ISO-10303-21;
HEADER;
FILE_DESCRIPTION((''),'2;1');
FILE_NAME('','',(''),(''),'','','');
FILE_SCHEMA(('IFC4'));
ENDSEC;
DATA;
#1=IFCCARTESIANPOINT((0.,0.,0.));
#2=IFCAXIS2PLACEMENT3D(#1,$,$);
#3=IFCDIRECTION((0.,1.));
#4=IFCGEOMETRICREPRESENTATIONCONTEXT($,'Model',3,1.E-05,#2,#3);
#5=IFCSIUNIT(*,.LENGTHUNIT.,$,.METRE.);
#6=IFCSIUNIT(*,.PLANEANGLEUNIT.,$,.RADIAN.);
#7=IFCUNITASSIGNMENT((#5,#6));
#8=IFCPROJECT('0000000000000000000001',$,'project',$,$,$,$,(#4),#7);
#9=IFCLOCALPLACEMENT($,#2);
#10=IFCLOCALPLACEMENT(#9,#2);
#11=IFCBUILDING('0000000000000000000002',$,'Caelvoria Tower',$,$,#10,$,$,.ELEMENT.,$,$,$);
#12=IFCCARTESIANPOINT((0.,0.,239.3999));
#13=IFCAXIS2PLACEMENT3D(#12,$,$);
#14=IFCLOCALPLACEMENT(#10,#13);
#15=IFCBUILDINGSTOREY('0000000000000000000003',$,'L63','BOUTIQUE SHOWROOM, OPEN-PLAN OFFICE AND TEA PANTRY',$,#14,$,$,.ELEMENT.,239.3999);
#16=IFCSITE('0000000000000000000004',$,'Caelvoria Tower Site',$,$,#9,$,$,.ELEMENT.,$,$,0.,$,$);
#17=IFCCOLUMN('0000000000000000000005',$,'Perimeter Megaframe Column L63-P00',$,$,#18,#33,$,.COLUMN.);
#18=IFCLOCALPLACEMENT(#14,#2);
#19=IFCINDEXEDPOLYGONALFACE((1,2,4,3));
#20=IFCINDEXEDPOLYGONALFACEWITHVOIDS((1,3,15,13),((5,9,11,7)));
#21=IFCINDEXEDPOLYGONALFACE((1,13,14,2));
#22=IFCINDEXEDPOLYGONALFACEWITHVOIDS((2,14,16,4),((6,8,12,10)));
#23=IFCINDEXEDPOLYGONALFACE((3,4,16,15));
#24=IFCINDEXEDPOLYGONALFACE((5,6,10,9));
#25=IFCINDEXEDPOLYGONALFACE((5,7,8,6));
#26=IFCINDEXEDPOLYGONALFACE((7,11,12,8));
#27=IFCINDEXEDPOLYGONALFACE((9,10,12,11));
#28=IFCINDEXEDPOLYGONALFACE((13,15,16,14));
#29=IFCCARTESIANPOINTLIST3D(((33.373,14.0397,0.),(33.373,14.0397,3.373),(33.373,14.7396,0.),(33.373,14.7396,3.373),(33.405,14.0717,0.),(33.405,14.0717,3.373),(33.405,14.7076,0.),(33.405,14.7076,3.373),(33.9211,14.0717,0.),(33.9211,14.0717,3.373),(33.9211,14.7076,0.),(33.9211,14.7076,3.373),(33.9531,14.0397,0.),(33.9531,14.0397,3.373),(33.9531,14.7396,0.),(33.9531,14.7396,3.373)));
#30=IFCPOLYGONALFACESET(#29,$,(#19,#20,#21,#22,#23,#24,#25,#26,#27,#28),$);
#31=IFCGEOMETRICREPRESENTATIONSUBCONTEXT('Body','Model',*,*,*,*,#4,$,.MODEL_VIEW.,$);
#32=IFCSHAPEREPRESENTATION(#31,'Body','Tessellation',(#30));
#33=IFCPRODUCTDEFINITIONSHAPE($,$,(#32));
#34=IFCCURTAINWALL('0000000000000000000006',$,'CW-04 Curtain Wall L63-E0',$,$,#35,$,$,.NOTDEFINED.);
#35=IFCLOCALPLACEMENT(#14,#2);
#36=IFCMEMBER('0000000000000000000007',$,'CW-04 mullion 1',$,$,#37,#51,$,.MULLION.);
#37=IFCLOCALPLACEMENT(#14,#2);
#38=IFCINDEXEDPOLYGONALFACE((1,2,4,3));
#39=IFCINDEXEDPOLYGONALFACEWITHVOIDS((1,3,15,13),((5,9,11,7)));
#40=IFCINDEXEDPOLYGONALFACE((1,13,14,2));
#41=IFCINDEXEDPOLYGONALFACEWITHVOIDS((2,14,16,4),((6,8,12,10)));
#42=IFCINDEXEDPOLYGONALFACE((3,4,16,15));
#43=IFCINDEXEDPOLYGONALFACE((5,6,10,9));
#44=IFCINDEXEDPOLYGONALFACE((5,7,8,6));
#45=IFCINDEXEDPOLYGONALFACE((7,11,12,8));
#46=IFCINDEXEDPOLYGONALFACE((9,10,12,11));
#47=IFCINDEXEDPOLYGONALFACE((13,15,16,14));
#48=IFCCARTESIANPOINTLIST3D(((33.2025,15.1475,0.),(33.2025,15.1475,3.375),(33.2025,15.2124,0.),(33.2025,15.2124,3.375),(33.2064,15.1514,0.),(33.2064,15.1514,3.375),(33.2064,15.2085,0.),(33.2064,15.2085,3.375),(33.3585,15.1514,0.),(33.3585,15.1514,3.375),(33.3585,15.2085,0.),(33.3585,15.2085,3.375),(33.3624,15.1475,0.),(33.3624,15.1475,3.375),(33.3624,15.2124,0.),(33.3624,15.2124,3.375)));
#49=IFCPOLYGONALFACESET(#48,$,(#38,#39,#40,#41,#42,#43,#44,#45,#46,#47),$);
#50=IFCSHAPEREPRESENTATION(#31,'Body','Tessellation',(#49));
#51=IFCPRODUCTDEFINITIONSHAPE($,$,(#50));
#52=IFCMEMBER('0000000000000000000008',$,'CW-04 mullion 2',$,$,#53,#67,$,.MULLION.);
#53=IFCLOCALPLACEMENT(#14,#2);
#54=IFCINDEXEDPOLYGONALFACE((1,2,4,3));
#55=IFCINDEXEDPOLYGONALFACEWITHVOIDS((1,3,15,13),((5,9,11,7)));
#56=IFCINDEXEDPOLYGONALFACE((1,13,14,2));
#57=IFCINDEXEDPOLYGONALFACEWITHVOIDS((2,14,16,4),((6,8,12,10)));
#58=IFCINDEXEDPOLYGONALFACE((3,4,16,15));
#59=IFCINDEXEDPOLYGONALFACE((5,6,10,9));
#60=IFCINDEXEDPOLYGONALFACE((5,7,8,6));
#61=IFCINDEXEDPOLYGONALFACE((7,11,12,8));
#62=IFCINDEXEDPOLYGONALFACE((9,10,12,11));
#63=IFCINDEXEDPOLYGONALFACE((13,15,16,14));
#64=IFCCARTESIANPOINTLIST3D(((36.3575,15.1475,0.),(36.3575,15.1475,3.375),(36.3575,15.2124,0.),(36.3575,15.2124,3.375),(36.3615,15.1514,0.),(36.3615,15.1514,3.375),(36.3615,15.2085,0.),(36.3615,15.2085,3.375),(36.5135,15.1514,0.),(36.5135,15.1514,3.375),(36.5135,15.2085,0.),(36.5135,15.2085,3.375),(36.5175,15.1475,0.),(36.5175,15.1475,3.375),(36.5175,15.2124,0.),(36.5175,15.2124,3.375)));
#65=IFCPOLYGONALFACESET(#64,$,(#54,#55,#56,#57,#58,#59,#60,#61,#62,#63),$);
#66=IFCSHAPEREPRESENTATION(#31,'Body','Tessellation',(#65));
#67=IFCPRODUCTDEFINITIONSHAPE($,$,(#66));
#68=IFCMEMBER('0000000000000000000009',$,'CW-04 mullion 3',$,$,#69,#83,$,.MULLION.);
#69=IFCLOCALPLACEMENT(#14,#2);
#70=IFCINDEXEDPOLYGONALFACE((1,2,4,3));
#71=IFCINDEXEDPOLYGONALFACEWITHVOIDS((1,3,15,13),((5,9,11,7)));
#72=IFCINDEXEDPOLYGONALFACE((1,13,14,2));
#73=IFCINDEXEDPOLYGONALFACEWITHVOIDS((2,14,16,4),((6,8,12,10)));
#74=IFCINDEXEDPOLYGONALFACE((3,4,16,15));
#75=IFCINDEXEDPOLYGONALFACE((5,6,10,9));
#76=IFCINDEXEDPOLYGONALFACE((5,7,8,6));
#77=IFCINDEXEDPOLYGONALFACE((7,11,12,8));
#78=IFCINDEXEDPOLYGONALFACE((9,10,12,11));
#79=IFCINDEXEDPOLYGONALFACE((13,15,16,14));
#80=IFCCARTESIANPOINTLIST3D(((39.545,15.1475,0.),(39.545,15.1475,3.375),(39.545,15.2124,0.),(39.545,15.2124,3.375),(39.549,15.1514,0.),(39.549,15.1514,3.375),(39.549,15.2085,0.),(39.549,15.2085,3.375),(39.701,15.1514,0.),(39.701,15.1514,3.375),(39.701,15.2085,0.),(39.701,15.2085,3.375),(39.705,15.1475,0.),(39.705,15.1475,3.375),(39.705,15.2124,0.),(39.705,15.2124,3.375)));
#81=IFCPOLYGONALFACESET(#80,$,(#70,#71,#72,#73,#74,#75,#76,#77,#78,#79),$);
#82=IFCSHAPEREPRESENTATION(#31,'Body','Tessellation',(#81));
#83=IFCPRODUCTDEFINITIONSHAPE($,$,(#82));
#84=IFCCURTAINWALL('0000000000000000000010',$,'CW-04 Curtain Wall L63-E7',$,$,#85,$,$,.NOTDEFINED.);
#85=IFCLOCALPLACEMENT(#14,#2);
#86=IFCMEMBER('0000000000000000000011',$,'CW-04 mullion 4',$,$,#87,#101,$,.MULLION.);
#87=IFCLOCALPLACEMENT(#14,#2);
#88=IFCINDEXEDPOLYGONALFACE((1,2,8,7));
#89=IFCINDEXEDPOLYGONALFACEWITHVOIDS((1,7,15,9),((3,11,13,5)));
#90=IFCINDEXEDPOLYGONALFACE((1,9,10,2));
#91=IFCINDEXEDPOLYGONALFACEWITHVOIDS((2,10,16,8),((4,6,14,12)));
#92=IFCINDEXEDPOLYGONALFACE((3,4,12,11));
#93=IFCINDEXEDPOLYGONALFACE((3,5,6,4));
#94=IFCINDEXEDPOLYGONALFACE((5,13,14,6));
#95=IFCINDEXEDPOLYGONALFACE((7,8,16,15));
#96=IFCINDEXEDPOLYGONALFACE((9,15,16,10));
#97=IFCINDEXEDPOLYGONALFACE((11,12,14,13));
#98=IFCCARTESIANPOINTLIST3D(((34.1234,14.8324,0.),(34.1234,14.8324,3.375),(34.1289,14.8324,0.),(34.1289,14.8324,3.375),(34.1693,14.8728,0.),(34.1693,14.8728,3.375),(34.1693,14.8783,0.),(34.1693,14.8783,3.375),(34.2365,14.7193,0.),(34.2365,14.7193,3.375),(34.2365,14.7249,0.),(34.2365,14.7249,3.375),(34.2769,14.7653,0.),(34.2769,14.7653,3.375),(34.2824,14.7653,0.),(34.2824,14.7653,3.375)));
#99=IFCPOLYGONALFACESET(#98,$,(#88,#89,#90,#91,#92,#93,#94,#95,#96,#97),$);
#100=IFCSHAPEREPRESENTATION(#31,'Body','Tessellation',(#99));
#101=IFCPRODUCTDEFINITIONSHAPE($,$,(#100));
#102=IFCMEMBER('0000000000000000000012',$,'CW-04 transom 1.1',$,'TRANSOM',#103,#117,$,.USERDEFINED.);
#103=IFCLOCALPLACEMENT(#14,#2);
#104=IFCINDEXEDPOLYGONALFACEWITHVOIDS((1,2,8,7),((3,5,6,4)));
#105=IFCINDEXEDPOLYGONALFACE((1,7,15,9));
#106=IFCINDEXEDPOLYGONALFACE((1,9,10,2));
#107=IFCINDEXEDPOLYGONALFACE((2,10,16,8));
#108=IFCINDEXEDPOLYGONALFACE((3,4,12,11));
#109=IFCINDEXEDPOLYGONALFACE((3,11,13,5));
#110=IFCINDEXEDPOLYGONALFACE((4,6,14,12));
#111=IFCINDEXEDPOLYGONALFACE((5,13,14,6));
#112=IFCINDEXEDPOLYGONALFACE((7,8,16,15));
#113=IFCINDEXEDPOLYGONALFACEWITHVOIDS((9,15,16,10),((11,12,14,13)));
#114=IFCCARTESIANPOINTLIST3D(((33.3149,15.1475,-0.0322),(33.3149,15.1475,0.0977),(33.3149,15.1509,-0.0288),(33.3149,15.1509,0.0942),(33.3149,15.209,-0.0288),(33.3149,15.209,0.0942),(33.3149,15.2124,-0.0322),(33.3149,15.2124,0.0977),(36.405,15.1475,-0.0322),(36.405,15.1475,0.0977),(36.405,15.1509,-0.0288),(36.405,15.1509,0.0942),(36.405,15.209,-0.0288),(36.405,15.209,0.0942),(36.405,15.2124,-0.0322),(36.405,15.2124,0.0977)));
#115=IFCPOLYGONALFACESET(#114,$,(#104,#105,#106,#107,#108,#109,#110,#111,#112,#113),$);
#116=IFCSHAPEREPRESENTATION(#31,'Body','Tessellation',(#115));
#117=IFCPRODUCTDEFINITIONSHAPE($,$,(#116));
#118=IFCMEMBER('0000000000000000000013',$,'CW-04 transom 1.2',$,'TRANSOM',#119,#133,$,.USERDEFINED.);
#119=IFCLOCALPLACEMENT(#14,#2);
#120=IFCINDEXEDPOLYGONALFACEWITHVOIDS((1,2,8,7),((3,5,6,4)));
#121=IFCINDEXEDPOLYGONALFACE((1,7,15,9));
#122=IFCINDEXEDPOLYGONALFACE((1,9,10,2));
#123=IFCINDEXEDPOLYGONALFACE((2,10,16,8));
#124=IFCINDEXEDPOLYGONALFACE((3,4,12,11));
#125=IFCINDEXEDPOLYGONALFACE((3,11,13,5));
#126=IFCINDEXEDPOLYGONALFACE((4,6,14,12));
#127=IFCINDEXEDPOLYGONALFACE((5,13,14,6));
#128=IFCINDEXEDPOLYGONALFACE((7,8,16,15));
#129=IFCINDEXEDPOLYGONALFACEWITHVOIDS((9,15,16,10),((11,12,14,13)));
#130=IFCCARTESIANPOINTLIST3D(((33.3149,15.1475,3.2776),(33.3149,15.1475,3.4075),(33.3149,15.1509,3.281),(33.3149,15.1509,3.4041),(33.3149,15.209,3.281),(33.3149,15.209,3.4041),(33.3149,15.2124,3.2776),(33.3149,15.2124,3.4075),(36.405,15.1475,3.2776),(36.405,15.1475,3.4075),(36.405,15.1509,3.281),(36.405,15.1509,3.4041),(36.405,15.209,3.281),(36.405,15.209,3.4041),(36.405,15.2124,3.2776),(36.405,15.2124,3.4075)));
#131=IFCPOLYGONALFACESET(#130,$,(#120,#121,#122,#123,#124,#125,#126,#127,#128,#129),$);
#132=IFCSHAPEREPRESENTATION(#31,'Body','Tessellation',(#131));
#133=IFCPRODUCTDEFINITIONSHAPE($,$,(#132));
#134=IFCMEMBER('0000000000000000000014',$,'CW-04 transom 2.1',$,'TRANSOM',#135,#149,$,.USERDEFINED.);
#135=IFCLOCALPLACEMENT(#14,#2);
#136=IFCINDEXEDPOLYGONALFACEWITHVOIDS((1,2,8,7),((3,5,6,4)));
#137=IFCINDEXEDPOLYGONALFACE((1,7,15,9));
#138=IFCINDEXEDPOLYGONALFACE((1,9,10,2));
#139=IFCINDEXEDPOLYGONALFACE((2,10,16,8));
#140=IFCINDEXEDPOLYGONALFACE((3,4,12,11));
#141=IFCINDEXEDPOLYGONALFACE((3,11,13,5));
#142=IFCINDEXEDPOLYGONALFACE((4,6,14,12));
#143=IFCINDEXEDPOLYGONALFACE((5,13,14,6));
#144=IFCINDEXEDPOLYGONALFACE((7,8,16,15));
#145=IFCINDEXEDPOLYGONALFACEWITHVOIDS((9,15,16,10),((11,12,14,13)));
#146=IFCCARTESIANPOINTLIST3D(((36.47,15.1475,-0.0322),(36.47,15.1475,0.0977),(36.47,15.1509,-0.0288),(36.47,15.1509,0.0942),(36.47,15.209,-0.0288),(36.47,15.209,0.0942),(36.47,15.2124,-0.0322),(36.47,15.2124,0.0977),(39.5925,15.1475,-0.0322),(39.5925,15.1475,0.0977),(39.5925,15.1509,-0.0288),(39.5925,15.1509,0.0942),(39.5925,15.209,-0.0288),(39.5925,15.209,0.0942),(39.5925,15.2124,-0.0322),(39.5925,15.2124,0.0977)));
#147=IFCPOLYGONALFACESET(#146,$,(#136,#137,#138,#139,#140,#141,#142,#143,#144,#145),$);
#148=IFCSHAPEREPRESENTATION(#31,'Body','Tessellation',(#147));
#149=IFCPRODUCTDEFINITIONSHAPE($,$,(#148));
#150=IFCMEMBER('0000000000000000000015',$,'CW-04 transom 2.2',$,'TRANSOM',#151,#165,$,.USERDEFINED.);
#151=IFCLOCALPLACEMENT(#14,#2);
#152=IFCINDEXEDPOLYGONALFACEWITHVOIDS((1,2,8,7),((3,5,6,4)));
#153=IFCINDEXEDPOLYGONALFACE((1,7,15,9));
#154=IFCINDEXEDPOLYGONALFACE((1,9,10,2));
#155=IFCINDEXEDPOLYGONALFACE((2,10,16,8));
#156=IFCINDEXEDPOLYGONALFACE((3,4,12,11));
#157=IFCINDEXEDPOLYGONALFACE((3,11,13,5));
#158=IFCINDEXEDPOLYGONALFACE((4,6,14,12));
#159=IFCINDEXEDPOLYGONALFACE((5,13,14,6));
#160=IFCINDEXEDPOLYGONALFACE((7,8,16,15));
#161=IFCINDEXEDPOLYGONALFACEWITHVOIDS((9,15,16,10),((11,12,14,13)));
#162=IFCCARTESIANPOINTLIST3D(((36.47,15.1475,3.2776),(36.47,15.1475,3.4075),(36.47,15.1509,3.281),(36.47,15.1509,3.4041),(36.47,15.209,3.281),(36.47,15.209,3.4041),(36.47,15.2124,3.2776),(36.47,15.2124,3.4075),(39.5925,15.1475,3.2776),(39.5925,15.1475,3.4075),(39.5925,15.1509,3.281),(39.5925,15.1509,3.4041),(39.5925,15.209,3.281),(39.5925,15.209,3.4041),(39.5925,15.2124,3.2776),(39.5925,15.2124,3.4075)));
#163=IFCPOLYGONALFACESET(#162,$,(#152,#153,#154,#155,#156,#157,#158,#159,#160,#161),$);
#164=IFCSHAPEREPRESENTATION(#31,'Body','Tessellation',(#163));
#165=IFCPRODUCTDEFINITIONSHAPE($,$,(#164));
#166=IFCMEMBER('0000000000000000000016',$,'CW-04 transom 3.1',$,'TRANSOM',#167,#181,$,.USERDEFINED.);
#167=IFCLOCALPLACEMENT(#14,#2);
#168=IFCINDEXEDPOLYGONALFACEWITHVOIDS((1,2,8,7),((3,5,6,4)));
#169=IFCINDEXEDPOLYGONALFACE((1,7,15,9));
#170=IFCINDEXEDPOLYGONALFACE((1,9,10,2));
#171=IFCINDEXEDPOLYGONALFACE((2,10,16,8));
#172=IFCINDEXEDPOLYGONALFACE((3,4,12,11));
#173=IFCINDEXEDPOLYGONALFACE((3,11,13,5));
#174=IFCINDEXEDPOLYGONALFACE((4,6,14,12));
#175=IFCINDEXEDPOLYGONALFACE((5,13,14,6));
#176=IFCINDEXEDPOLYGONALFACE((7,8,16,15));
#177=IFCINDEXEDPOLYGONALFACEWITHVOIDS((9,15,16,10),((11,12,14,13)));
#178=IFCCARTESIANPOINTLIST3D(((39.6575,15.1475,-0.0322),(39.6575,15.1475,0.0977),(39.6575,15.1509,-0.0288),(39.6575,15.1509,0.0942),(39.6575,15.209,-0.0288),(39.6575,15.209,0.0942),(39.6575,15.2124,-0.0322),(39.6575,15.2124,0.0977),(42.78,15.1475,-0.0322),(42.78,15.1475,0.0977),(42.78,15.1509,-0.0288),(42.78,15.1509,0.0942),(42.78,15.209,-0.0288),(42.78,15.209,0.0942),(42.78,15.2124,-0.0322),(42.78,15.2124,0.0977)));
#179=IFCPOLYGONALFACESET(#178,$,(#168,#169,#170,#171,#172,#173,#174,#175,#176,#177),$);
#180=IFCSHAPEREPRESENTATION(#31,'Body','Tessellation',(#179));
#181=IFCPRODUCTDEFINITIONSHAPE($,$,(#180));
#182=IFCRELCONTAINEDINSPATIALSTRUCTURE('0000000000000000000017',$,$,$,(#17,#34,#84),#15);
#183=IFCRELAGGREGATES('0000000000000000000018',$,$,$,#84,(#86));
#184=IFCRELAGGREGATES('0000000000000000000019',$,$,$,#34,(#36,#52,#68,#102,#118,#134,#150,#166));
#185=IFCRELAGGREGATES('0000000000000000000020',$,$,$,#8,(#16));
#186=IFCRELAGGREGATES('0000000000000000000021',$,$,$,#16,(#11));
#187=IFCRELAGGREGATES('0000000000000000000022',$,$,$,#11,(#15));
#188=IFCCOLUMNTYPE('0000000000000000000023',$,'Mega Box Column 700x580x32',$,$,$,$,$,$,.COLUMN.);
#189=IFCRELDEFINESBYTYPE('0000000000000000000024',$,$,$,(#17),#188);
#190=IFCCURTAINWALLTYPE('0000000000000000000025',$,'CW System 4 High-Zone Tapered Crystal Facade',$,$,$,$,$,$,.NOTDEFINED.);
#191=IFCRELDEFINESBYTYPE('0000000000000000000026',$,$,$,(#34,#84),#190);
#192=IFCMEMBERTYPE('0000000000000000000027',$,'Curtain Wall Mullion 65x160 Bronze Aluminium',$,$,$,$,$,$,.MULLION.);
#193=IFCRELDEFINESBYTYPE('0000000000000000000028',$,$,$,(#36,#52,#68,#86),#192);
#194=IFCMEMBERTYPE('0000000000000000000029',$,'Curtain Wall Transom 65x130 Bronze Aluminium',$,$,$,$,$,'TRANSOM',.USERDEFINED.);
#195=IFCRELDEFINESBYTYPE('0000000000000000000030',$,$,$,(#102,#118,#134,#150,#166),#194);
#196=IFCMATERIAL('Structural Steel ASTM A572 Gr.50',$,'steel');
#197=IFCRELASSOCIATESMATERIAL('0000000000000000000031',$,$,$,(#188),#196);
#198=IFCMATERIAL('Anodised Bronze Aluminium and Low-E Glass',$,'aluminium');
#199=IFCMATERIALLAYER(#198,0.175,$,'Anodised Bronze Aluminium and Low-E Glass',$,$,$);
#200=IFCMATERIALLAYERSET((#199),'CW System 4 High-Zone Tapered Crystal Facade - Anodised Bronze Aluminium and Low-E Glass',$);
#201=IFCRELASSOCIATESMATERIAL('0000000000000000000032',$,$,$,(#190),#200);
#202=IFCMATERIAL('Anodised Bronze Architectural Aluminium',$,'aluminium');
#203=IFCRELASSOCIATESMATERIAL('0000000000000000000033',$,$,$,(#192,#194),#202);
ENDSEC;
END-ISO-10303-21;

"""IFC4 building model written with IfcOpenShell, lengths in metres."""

from ifc_helpers import new_model, si_unit, direction, frame, origin, origin_2d, place, context, subcontext, project, spatial, hollow_rectangle, extrude, material, layer, layer_set, material_profile, profile_set, type_object, element, aggregate, save


model = new_model("IFC4")

# Units and contexts
model_context = context("Model", 3, precision=1e-05, world=origin(), true_north=direction((0.0, 1.0)))
body_context = subcontext(model_context, "Body", "Model", "MODEL_VIEW")
ifc_project = project(units=[si_unit("LENGTHUNIT", "METRE"), si_unit("PLANEANGLEUNIT", "RADIAN")], contexts=[model_context])

# Site, building, storey
site_placement = place(None, origin())
site = spatial("IfcSite", under=ifc_project, at=site_placement, Name="Caelvoria Tower Site", CompositionType="ELEMENT", RefElevation=0.0)
building_placement = place(site_placement, origin())
building = spatial("IfcBuilding", under=site, at=building_placement, Name="Caelvoria Tower", CompositionType="ELEMENT")
storey_placement = place(building_placement, frame((0.0, 0.0, 239.3999)))
storey = spatial("IfcBuildingStorey", under=building, at=storey_placement, Name="L63", Description="BOUTIQUE SHOWROOM, OPEN-PLAN OFFICE AND TEA PANTRY", CompositionType="ELEMENT", Elevation=239.3999)

# Column
ifc_material_1 = material(Name="Structural Steel ASTM A572 Gr.50", Category="steel")
ifc_material_profile_1 = material_profile(ifc_material_1, hollow_rectangle(XDim=0.5801, YDim=0.7, WallThickness=0.032, at=origin_2d()), Name="Structural Steel ASTM A572 Gr.50")
ifc_profile_set_1 = profile_set([ifc_material_profile_1], Name="BOX700X580X32 - Structural Steel ASTM A572 Gr.50")
column_type = type_object("IfcColumnType", Name="Mega Box Column 700x580x32", PredefinedType="COLUMN", material=ifc_profile_set_1)
column_placement = place(storey_placement, frame((33.6631, 14.3896, 0.0), z_axis=(0.0, 0.0, 1.0), x_axis=(1.0, 0.0, 0.0)))
element("IfcColumn", 1, at=column_placement, inside=storey, type_object=column_type, Name="Perimeter Megaframe Column L63-P00", PredefinedType="COLUMN", context=body_context, shape_type="SweptSolid", body=[
    extrude(hollow_rectangle(XDim=0.5801, YDim=0.7, WallThickness=0.032, at=origin_2d()), origin(), (0.0, 0.0, 1.0), 3.373),
])

# Curtain wall, members
ifc_material_2 = material(Name="Anodised Bronze Aluminium and Low-E Glass", Category="aluminium")
ifc_layer_1 = layer(ifc_material_2, 0.175, Name="Anodised Bronze Aluminium and Low-E Glass")
ifc_layer_set_1 = layer_set([ifc_layer_1], Name="CW System 4 High-Zone Tapered Crystal Facade - Anodised Bronze Aluminium and Low-E Glass")
curtain_wall_type = type_object("IfcCurtainWallType", Name="CW System 4 High-Zone Tapered Crystal Facade", PredefinedType="NOTDEFINED", material=ifc_layer_set_1)
curtain_wall_1_placement = place(storey_placement, origin())
curtain_wall_1 = element("IfcCurtainWall", 2, at=curtain_wall_1_placement, inside=storey, type_object=curtain_wall_type, Name="CW-04 Curtain Wall L63-E0", PredefinedType="NOTDEFINED")
ifc_material_3 = material(Name="Anodised Bronze Architectural Aluminium", Category="aluminium")
ifc_material_profile_2 = material_profile(ifc_material_3, hollow_rectangle(XDim=0.0649, YDim=0.1599, WallThickness=0.0039, at=origin_2d()), Name="Anodised Bronze Architectural Aluminium")
ifc_profile_set_2 = profile_set([ifc_material_profile_2], Name="CW_MULL_65X160 - Anodised Bronze Architectural Aluminium")
member_type_1 = type_object("IfcMemberType", Name="Curtain Wall Mullion 65x160 Bronze Aluminium", PredefinedType="MULLION", material=ifc_profile_set_2)
member_1_placement = place(storey_placement, frame((33.2825, 15.1799, 0.0), z_axis=(0.0, 0.0, 1.0), x_axis=(0.0, 1.0, 0.0)))
member_1 = element("IfcMember", 3, at=member_1_placement, type_object=member_type_1, Name="CW-04 mullion 1", PredefinedType="MULLION", context=body_context, shape_type="SweptSolid", body=[
    extrude(hollow_rectangle(XDim=0.0649, YDim=0.1599, WallThickness=0.0039, at=origin_2d()), origin(), (0.0, 0.0, 1.0), 3.375),
])
member_2_placement = place(storey_placement, frame((36.4375, 15.1799, 0.0), z_axis=(0.0, 0.0, 1.0), x_axis=(0.0, 1.0, 0.0)))
member_2 = element("IfcMember", 4, at=member_2_placement, type_object=member_type_1, Name="CW-04 mullion 2", PredefinedType="MULLION", context=body_context, shape_type="SweptSolid", body=[
    extrude(hollow_rectangle(XDim=0.0649, YDim=0.1599, WallThickness=0.0039, at=origin_2d()), origin(), (0.0, 0.0, 1.0), 3.375),
])
member_3_placement = place(storey_placement, frame((39.625, 15.1799, 0.0), z_axis=(0.0, 0.0, 1.0), x_axis=(0.0, 1.0, 0.0)))
member_3 = element("IfcMember", 5, at=member_3_placement, type_object=member_type_1, Name="CW-04 mullion 3", PredefinedType="MULLION", context=body_context, shape_type="SweptSolid", body=[
    extrude(hollow_rectangle(XDim=0.0649, YDim=0.1599, WallThickness=0.0039, at=origin_2d()), origin(), (0.0, 0.0, 1.0), 3.375),
])

# Curtain wall, member
curtain_wall_2_placement = place(storey_placement, origin())
curtain_wall_2 = element("IfcCurtainWall", 6, at=curtain_wall_2_placement, inside=storey, type_object=curtain_wall_type, Name="CW-04 Curtain Wall L63-E7", PredefinedType="NOTDEFINED")
member_4_placement = place(storey_placement, frame((34.2029, 14.7988, 0.0), z_axis=(0.0, 0.0, 1.0), x_axis=(0.707107, 0.707107, 0.0)))
member_4 = element("IfcMember", 7, at=member_4_placement, type_object=member_type_1, Name="CW-04 mullion 4", PredefinedType="MULLION", context=body_context, shape_type="SweptSolid", body=[
    extrude(hollow_rectangle(XDim=0.0649, YDim=0.1599, WallThickness=0.0039, at=origin_2d()), origin(), (0.0, 0.0, 1.0), 3.375),
])
aggregate(curtain_wall_2, [member_4])

# Members
ifc_material_profile_3 = material_profile(ifc_material_3, hollow_rectangle(XDim=0.0649, YDim=0.1299, WallThickness=0.0034, at=origin_2d()), Name="Anodised Bronze Architectural Aluminium")
ifc_profile_set_3 = profile_set([ifc_material_profile_3], Name="CW_TRAN_65X130 - Anodised Bronze Architectural Aluminium")
member_type_2 = type_object("IfcMemberType", Name="Curtain Wall Transom 65x130 Bronze Aluminium", ElementType="TRANSOM", PredefinedType="USERDEFINED", material=ifc_profile_set_3)
member_5_placement = place(storey_placement, frame((33.3149, 15.1799, 0.0327), z_axis=(1.0, 0.0, 0.0), x_axis=(0.0, 1.0, 0.0)))
member_5 = element("IfcMember", 8, at=member_5_placement, type_object=member_type_2, Name="CW-04 transom 1.1", ObjectType="TRANSOM", PredefinedType="USERDEFINED", context=body_context, shape_type="SweptSolid", body=[
    extrude(hollow_rectangle(XDim=0.0649, YDim=0.1299, WallThickness=0.0034, at=origin_2d()), origin(), (0.0, 0.0, 1.0), 3.0901),
])
member_6_placement = place(storey_placement, frame((33.3149, 15.1799, 3.3425), z_axis=(1.0, 0.0, 0.0), x_axis=(0.0, 1.0, 0.0)))
member_6 = element("IfcMember", 9, at=member_6_placement, type_object=member_type_2, Name="CW-04 transom 1.2", ObjectType="TRANSOM", PredefinedType="USERDEFINED", context=body_context, shape_type="SweptSolid", body=[
    extrude(hollow_rectangle(XDim=0.0649, YDim=0.1299, WallThickness=0.0034, at=origin_2d()), origin(), (0.0, 0.0, 1.0), 3.0901),
])
member_7_placement = place(storey_placement, frame((36.47, 15.1799, 0.0327), z_axis=(1.0, 0.0, 0.0), x_axis=(0.0, 1.0, 0.0)))
member_7 = element("IfcMember", 10, at=member_7_placement, type_object=member_type_2, Name="CW-04 transom 2.1", ObjectType="TRANSOM", PredefinedType="USERDEFINED", context=body_context, shape_type="SweptSolid", body=[
    extrude(hollow_rectangle(XDim=0.0649, YDim=0.1299, WallThickness=0.0034, at=origin_2d()), origin(), (0.0, 0.0, 1.0), 3.1226),
])
member_8_placement = place(storey_placement, frame((36.47, 15.1799, 3.3425), z_axis=(1.0, 0.0, 0.0), x_axis=(0.0, 1.0, 0.0)))
member_8 = element("IfcMember", 11, at=member_8_placement, type_object=member_type_2, Name="CW-04 transom 2.2", ObjectType="TRANSOM", PredefinedType="USERDEFINED", context=body_context, shape_type="SweptSolid", body=[
    extrude(hollow_rectangle(XDim=0.0649, YDim=0.1299, WallThickness=0.0034, at=origin_2d()), origin(), (0.0, 0.0, 1.0), 3.1226),
])
member_9_placement = place(storey_placement, frame((39.6575, 15.1799, 0.0327), z_axis=(1.0, 0.0, 0.0), x_axis=(0.0, 1.0, 0.0)))
member_9 = element("IfcMember", 12, at=member_9_placement, type_object=member_type_2, Name="CW-04 transom 3.1", ObjectType="TRANSOM", PredefinedType="USERDEFINED", context=body_context, shape_type="SweptSolid", body=[
    extrude(hollow_rectangle(XDim=0.0649, YDim=0.1299, WallThickness=0.0034, at=origin_2d()), origin(), (0.0, 0.0, 1.0), 3.1226),
])

aggregate(curtain_wall_1, [member_1, member_2, member_3, member_5, member_6, member_7, member_8, member_9])

save(model, "model.ifc")
